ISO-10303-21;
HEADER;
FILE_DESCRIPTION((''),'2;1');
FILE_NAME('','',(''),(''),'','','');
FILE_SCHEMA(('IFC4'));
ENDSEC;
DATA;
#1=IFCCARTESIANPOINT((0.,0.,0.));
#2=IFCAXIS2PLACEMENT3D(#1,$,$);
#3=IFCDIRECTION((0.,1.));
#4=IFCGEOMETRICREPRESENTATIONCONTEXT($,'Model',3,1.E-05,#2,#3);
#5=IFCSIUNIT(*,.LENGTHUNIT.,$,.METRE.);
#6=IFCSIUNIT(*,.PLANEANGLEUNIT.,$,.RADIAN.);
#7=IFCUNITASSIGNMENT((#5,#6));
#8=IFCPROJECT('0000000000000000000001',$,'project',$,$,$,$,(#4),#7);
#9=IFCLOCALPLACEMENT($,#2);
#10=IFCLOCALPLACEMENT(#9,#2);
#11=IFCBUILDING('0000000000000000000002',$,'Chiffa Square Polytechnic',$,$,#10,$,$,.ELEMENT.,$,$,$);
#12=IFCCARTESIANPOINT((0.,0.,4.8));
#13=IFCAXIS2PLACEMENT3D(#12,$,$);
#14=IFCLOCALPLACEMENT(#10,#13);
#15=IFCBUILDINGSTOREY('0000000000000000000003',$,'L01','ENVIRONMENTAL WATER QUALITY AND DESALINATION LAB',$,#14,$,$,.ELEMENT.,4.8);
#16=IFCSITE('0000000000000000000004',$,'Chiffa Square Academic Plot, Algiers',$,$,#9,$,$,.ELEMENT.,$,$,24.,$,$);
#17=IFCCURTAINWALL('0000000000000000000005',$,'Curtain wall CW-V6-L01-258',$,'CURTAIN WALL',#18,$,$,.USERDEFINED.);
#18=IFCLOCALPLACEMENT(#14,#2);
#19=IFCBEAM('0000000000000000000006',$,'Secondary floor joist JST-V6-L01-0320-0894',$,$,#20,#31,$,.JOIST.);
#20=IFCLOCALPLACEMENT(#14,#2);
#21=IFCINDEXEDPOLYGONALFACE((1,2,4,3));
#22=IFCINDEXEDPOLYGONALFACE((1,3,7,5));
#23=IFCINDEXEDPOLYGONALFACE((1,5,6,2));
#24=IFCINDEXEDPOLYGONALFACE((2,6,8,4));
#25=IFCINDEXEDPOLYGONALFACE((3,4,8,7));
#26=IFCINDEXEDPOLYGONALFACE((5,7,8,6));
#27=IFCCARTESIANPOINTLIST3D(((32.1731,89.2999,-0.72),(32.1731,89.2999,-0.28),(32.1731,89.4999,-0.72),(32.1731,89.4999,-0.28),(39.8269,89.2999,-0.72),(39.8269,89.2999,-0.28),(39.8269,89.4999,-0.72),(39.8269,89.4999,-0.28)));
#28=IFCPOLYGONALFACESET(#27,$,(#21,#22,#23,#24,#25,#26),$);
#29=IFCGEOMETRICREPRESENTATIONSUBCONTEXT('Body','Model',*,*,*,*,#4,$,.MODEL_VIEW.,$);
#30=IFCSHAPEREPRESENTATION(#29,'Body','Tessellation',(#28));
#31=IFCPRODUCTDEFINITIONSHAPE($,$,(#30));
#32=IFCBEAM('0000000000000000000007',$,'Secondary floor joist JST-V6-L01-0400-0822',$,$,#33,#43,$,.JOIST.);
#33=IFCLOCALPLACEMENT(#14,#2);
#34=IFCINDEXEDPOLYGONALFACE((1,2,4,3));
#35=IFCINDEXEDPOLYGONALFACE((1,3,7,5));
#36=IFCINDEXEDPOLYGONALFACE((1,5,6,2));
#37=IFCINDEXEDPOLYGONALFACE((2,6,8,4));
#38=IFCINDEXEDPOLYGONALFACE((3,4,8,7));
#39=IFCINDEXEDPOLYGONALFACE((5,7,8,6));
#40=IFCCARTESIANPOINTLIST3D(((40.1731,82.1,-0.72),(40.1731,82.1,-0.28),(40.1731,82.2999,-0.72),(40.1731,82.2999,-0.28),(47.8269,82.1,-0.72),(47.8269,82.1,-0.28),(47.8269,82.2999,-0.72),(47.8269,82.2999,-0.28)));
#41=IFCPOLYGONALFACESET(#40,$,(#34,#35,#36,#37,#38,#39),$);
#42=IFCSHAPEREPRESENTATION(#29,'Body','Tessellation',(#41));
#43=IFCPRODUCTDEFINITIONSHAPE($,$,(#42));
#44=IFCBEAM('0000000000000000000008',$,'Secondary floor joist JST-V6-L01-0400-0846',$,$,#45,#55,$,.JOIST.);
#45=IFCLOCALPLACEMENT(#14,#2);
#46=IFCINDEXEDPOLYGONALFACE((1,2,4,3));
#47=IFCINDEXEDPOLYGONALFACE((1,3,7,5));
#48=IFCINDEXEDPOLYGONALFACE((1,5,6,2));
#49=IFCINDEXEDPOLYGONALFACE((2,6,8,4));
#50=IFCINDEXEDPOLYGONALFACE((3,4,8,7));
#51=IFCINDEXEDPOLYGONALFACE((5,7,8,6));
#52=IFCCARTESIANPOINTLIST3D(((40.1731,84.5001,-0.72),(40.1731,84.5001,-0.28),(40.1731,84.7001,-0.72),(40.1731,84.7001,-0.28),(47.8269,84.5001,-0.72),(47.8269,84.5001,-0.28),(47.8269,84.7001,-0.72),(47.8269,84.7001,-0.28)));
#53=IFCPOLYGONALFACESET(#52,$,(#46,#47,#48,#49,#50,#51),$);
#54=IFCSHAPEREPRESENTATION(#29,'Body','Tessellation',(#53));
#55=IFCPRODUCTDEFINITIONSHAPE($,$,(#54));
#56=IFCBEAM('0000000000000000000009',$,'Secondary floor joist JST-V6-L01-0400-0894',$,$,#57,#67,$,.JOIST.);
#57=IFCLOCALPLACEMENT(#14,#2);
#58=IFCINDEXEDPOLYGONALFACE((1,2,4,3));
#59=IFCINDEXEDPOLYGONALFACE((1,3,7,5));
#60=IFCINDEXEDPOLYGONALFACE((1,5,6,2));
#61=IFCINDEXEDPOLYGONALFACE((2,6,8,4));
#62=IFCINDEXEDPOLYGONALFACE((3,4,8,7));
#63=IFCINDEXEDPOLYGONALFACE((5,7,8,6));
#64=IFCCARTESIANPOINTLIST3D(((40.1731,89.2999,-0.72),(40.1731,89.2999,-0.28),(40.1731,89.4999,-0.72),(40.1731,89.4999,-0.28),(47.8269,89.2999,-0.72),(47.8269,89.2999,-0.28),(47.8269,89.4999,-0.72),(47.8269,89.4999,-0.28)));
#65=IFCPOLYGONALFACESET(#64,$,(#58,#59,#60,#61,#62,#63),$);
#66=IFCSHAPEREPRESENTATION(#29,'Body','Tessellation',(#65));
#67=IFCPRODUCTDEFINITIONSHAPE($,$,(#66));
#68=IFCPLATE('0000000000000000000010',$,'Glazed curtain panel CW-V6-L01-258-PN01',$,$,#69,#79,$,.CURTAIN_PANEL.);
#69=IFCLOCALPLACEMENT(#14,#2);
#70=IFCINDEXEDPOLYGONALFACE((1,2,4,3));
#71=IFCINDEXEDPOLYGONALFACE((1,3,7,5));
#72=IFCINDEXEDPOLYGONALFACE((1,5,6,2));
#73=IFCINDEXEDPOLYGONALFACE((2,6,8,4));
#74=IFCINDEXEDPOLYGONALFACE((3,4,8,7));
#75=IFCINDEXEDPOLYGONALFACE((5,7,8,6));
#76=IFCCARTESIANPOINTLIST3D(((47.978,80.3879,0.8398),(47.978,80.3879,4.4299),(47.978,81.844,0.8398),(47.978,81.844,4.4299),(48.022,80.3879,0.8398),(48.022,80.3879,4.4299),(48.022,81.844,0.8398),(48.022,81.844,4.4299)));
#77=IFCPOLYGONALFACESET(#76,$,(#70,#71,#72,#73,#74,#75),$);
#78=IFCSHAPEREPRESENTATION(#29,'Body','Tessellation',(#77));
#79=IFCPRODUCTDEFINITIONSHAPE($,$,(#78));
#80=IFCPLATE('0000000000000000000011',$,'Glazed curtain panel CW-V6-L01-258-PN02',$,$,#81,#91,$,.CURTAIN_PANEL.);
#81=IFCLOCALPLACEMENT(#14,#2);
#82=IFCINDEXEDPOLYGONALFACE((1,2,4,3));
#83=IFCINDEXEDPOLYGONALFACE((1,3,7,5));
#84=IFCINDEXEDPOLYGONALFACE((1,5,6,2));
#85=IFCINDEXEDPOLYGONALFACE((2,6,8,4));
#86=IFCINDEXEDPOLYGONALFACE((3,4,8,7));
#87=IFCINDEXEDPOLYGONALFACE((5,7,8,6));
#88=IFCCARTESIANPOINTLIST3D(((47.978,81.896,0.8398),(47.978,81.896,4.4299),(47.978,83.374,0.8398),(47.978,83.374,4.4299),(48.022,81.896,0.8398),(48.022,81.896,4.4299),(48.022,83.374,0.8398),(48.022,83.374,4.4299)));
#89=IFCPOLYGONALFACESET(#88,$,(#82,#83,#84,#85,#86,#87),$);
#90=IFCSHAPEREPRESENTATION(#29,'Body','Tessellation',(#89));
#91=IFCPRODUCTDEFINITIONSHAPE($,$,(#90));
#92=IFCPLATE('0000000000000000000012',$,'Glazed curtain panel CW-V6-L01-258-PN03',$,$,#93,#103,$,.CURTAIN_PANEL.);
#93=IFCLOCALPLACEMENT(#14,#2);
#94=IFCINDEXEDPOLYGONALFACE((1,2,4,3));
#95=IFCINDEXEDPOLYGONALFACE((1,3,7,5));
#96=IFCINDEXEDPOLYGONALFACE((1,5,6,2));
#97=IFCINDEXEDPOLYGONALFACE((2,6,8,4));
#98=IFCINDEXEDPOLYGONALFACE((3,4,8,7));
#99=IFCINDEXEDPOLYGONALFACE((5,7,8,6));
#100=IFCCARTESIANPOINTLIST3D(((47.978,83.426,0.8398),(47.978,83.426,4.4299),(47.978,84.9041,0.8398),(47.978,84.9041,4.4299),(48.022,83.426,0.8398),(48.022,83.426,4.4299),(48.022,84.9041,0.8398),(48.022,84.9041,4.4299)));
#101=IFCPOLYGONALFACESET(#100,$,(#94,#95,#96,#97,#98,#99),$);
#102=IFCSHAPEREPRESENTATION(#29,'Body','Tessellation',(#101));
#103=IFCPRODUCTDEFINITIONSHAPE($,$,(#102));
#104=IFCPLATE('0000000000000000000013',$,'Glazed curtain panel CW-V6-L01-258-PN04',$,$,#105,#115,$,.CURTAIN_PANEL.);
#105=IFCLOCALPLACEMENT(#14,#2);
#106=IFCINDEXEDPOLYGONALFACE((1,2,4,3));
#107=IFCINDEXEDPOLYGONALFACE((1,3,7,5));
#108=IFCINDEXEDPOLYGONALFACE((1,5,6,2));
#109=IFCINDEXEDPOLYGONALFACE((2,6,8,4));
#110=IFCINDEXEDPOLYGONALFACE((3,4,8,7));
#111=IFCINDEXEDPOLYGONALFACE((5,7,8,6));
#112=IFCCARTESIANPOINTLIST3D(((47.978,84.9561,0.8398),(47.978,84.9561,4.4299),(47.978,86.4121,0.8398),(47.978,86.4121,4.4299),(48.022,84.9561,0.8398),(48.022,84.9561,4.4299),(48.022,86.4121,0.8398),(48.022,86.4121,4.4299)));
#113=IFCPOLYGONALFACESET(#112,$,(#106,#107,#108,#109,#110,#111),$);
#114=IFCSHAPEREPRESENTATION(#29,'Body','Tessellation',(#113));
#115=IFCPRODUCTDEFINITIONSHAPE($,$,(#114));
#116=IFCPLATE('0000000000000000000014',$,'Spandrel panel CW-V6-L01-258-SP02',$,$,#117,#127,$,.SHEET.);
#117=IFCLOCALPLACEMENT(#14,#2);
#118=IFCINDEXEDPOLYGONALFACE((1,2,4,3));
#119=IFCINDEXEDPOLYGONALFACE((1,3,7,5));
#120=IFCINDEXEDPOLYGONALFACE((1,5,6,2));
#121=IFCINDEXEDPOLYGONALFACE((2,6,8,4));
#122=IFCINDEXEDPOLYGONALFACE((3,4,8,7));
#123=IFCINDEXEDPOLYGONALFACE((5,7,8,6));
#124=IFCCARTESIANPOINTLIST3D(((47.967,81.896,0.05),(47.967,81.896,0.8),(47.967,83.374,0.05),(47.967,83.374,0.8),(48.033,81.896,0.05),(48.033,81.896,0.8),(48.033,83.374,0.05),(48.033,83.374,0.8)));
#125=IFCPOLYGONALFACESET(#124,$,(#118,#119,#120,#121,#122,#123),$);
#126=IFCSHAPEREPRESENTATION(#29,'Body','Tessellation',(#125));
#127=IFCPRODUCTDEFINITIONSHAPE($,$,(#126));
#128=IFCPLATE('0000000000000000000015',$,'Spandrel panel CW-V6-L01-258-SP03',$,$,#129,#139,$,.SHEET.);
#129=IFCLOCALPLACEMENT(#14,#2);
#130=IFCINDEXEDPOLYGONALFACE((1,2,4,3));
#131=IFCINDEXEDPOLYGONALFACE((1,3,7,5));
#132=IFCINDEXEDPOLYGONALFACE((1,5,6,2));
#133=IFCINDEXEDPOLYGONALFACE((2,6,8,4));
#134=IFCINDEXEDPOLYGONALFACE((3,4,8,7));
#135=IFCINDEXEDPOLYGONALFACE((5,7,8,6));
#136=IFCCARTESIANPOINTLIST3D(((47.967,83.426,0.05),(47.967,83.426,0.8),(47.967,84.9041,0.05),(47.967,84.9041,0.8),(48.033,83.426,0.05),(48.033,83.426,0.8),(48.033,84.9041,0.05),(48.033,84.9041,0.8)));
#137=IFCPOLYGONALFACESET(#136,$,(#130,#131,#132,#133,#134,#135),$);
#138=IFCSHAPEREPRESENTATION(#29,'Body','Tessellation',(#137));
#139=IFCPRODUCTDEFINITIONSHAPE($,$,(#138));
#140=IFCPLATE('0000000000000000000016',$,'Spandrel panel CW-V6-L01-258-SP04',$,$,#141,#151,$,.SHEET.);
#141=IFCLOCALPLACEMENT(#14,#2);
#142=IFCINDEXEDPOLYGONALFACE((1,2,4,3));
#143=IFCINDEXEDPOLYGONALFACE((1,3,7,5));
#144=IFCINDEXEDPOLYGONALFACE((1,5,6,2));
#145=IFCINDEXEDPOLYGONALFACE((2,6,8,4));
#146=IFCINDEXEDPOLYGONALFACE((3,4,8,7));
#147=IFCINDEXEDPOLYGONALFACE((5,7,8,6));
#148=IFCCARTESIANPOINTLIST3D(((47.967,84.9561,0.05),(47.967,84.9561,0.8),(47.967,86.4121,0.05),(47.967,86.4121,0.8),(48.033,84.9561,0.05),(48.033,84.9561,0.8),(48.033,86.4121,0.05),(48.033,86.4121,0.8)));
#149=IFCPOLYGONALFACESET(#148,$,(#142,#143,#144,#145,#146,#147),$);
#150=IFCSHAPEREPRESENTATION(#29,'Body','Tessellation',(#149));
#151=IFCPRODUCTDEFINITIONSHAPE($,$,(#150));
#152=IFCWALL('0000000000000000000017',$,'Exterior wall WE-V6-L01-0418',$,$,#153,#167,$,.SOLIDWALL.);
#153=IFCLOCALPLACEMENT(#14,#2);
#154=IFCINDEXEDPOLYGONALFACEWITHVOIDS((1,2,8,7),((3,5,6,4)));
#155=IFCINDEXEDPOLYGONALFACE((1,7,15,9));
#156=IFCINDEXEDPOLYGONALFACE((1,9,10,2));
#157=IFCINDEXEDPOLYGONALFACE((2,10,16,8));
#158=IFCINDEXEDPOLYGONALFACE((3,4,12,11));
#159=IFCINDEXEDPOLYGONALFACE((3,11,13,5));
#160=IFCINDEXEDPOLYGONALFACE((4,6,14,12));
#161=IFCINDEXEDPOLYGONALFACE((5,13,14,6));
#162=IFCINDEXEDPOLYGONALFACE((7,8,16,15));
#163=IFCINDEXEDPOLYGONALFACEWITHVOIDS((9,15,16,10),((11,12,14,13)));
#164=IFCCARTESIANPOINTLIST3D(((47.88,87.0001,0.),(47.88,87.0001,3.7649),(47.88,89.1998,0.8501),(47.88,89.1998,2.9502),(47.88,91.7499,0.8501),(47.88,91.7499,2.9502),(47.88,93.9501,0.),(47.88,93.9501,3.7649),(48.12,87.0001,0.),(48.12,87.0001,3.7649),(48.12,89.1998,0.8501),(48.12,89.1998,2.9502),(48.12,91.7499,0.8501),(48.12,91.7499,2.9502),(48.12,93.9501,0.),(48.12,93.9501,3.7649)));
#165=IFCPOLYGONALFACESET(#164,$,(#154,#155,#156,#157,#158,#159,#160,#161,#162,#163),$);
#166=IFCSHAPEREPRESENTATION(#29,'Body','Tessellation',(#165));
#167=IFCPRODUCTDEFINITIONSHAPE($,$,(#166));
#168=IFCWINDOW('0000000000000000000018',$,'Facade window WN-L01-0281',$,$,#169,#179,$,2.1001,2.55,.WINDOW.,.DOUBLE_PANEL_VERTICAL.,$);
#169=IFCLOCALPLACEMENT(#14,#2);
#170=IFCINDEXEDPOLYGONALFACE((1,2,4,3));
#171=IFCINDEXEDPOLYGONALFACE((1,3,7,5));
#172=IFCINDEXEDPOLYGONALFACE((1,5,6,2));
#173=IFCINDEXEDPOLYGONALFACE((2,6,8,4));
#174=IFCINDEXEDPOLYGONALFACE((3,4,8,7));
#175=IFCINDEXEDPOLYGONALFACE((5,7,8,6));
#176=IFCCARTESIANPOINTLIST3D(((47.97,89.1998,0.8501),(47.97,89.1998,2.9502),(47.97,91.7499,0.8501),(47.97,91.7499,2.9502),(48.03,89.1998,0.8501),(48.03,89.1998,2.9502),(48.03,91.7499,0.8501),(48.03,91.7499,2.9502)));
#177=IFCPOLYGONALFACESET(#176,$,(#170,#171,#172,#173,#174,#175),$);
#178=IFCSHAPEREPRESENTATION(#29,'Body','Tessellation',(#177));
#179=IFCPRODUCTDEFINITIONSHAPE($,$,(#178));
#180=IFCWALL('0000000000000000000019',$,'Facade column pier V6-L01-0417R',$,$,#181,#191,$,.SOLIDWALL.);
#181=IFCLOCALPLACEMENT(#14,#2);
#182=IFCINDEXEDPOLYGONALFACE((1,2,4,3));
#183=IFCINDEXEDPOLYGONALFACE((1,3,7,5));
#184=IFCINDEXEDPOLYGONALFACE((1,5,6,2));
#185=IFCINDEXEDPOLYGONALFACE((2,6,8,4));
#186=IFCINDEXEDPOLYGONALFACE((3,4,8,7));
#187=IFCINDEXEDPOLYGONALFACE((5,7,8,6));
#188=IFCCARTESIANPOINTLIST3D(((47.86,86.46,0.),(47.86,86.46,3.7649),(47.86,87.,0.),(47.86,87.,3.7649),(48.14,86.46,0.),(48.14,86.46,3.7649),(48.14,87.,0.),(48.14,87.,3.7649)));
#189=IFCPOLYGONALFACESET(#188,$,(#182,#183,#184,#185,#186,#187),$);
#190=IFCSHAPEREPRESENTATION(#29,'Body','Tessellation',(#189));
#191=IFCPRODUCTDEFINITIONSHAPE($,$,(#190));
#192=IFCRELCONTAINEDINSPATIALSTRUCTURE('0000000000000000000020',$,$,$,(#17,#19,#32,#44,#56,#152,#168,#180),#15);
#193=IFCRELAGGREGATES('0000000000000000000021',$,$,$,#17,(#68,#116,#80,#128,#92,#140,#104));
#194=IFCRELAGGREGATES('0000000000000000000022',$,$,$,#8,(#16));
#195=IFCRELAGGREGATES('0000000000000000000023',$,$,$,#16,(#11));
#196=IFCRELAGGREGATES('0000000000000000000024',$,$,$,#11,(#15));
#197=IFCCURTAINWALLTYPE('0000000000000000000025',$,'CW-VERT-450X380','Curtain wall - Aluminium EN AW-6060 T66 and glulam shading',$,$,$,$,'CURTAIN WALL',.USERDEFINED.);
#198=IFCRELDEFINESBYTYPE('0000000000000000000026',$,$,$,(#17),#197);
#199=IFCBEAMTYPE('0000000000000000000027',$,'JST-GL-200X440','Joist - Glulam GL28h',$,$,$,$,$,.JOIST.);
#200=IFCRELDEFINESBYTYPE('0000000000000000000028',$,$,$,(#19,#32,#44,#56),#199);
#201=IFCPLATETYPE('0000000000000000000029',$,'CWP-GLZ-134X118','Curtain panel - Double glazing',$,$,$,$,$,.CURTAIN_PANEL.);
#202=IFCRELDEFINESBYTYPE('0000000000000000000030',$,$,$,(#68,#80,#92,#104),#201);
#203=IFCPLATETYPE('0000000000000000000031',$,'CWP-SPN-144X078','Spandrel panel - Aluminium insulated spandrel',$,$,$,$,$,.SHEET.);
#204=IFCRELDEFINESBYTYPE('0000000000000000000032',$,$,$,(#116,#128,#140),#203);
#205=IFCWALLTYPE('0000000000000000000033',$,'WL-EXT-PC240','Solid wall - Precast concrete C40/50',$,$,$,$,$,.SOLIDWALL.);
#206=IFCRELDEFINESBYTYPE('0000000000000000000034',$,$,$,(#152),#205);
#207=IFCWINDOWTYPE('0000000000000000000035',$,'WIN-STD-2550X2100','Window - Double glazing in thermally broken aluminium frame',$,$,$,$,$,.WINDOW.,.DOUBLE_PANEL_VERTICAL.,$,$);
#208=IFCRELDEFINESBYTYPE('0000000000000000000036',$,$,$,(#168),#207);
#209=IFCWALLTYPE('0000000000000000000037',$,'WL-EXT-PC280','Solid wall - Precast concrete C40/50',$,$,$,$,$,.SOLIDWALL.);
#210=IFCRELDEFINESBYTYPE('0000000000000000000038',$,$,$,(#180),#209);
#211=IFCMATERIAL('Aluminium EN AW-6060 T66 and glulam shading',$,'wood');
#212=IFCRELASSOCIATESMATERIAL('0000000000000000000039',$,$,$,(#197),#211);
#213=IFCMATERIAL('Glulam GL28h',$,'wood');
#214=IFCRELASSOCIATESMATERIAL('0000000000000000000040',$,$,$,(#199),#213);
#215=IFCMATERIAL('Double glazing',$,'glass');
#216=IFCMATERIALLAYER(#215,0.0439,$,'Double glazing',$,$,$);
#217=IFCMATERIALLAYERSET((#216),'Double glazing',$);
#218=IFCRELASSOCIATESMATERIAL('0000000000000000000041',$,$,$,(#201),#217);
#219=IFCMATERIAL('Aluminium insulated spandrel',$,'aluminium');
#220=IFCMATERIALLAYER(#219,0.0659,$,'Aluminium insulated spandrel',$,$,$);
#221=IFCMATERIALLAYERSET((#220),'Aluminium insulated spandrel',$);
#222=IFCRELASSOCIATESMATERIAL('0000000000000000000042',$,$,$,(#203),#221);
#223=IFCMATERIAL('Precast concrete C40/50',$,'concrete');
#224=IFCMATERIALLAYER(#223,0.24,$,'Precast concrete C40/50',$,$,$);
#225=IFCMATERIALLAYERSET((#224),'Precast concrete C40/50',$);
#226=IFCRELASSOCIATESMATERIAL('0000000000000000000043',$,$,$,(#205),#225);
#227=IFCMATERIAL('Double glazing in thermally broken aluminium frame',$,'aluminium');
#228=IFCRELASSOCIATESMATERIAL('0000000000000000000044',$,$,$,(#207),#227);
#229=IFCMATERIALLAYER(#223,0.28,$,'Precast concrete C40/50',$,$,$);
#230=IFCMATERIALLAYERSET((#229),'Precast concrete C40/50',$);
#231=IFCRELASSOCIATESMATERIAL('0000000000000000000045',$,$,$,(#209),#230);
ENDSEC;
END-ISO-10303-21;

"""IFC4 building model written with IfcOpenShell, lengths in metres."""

from ifc_helpers import new_model, si_unit, direction, frame, frame_2d, origin, origin_2d, place, context, subcontext, project, spatial, rectangle, extrude, material, layer, layer_set, material_profile, profile_set, type_object, element, fill, aggregate, save


model = new_model("IFC4")

# Units and contexts
model_context = context("Model", 3, precision=1e-05, world=origin(), true_north=direction((0.0, 1.0)))
body_context = subcontext(model_context, "Body", "Model", "MODEL_VIEW")
ifc_project = project(units=[si_unit("LENGTHUNIT", "METRE"), si_unit("PLANEANGLEUNIT", "RADIAN")], contexts=[model_context])

# Site, building, storey
site_placement = place(None, origin())
site = spatial("IfcSite", under=ifc_project, at=site_placement, Name="Chiffa Square Academic Plot, Algiers", CompositionType="ELEMENT", RefElevation=24.0)
building_placement = place(site_placement, origin())
building = spatial("IfcBuilding", under=site, at=building_placement, Name="Chiffa Square Polytechnic", CompositionType="ELEMENT")
storey_placement = place(building_placement, frame((0.0, 0.0, 4.8)))
storey = spatial("IfcBuildingStorey", under=building, at=storey_placement, Name="L01", Description="ENVIRONMENTAL WATER QUALITY AND DESALINATION LAB", CompositionType="ELEMENT", Elevation=4.8)

# Curtain wall
ifc_material_1 = material(Name="Aluminium EN AW-6060 T66 and glulam shading", Category="wood")
curtain_wall_type = type_object("IfcCurtainWallType", Name="CW-VERT-450X380", Description="Curtain wall - Aluminium EN AW-6060 T66 and glulam shading", ElementType="CURTAIN WALL", PredefinedType="USERDEFINED", material=ifc_material_1)
curtain_wall_placement = place(storey_placement, origin())
curtain_wall = element("IfcCurtainWall", 1, at=curtain_wall_placement, inside=storey, type_object=curtain_wall_type, Name="Curtain wall CW-V6-L01-258", ObjectType="CURTAIN WALL", PredefinedType="USERDEFINED")

# Beams
ifc_material_2 = material(Name="Glulam GL28h", Category="wood")
ifc_material_profile_1 = material_profile(ifc_material_2, rectangle(XDim=0.2, YDim=0.4399, at=origin_2d()), Name="GL28h 200x440")
ifc_profile_set_1 = profile_set([ifc_material_profile_1], Name="Glulam GL28h")
beam_type_1 = type_object("IfcBeamType", Name="JST-GL-200X440", Description="Joist - Glulam GL28h", PredefinedType="JOIST", material=ifc_profile_set_1)
for number, where, z_axis, x_axis, name in (
    (2, (32.1731, 89.3999, -0.5), (1.0, 0.0, 0.0), (0.0, 1.0, 0.0), "Secondary floor joist JST-V6-L01-0320-0894"),
    (3, (40.1731, 82.2, -0.5), (1.0, 0.0, 0.0), (0.0, 1.0, 0.0), "Secondary floor joist JST-V6-L01-0400-0822"),
    (4, (40.1731, 84.6001, -0.5), (1.0, 0.0, 0.0), (0.0, 1.0, 0.0), "Secondary floor joist JST-V6-L01-0400-0846"),
    (5, (40.1731, 89.3999, -0.5), (1.0, 0.0, 0.0), (0.0, 1.0, 0.0), "Secondary floor joist JST-V6-L01-0400-0894"),
):
    element("IfcBeam", number, at=place(storey_placement, frame(where, z_axis=z_axis, x_axis=x_axis)), inside=storey, type_object=beam_type_1, Name=name, PredefinedType="JOIST", context=body_context, shape_type="SweptSolid", body=[
        extrude(rectangle(XDim=0.2, YDim=0.4399, at=origin_2d()), origin(), (0.0, 0.0, 1.0), 7.6538),
    ])

# Plates
ifc_material_3 = material(Name="Double glazing", Category="glass")
ifc_layer_1 = layer(ifc_material_3, 0.0439, Name="Double glazing")
ifc_layer_set_1 = layer_set([ifc_layer_1], Name="Double glazing")
plate_type_1 = type_object("IfcPlateType", Name="CWP-GLZ-134X118", Description="Curtain panel - Double glazing", PredefinedType="CURTAIN_PANEL", material=ifc_layer_set_1)
plate_1_placement = place(storey_placement, frame((48.0, 81.116, 0.8398), z_axis=(0.0, 0.0, 1.0), x_axis=(0.0, 1.0, 0.0)))
plate_1 = element("IfcPlate", 6, at=plate_1_placement, type_object=plate_type_1, Name="Glazed curtain panel CW-V6-L01-258-PN01", PredefinedType="CURTAIN_PANEL", context=body_context, shape_type="SweptSolid", body=[
    extrude(rectangle(XDim=1.4561, YDim=0.0439, at=origin_2d()), origin(), (0.0, 0.0, 1.0), 3.5901),
])
plate_2_placement = place(storey_placement, frame((48.0, 82.635, 0.8398), z_axis=(0.0, 0.0, 1.0), x_axis=(0.0, 1.0, 0.0)))
plate_2 = element("IfcPlate", 7, at=plate_2_placement, type_object=plate_type_1, Name="Glazed curtain panel CW-V6-L01-258-PN02", PredefinedType="CURTAIN_PANEL", context=body_context, shape_type="SweptSolid", body=[
    extrude(rectangle(XDim=1.478, YDim=0.0439, at=origin_2d()), origin(), (0.0, 0.0, 1.0), 3.5901),
])
plate_3_placement = place(storey_placement, frame((48.0, 84.165, 0.8398), z_axis=(0.0, 0.0, 1.0), x_axis=(0.0, 1.0, 0.0)))
plate_3 = element("IfcPlate", 8, at=plate_3_placement, type_object=plate_type_1, Name="Glazed curtain panel CW-V6-L01-258-PN03", PredefinedType="CURTAIN_PANEL", context=body_context, shape_type="SweptSolid", body=[
    extrude(rectangle(XDim=1.478, YDim=0.0439, at=origin_2d()), origin(), (0.0, 0.0, 1.0), 3.5901),
])
plate_4_placement = place(storey_placement, frame((48.0, 85.6841, 0.8398), z_axis=(0.0, 0.0, 1.0), x_axis=(0.0, 1.0, 0.0)))
plate_4 = element("IfcPlate", 9, at=plate_4_placement, type_object=plate_type_1, Name="Glazed curtain panel CW-V6-L01-258-PN04", PredefinedType="CURTAIN_PANEL", context=body_context, shape_type="SweptSolid", body=[
    extrude(rectangle(XDim=1.4561, YDim=0.0439, at=origin_2d()), origin(), (0.0, 0.0, 1.0), 3.5901),
])
ifc_material_4 = material(Name="Aluminium insulated spandrel", Category="aluminium")
ifc_layer_2 = layer(ifc_material_4, 0.0659, Name="Aluminium insulated spandrel")
ifc_layer_set_2 = layer_set([ifc_layer_2], Name="Aluminium insulated spandrel")
plate_type_2 = type_object("IfcPlateType", Name="CWP-SPN-144X078", Description="Spandrel panel - Aluminium insulated spandrel", PredefinedType="SHEET", material=ifc_layer_set_2)
plate_5_placement = place(storey_placement, frame((48.0, 82.635, 0.05), z_axis=(0.0, 0.0, 1.0), x_axis=(0.0, 1.0, 0.0)))
plate_5 = element("IfcPlate", 10, at=plate_5_placement, type_object=plate_type_2, Name="Spandrel panel CW-V6-L01-258-SP02", PredefinedType="SHEET", context=body_context, shape_type="SweptSolid", body=[
    extrude(rectangle(XDim=1.478, YDim=0.0659, at=origin_2d()), origin(), (0.0, 0.0, 1.0), 0.75),
])
plate_6_placement = place(storey_placement, frame((48.0, 84.165, 0.05), z_axis=(0.0, 0.0, 1.0), x_axis=(0.0, 1.0, 0.0)))
plate_6 = element("IfcPlate", 11, at=plate_6_placement, type_object=plate_type_2, Name="Spandrel panel CW-V6-L01-258-SP03", PredefinedType="SHEET", context=body_context, shape_type="SweptSolid", body=[
    extrude(rectangle(XDim=1.478, YDim=0.0659, at=origin_2d()), origin(), (0.0, 0.0, 1.0), 0.75),
])
plate_7_placement = place(storey_placement, frame((48.0, 85.6841, 0.05), z_axis=(0.0, 0.0, 1.0), x_axis=(0.0, 1.0, 0.0)))
plate_7 = element("IfcPlate", 12, at=plate_7_placement, type_object=plate_type_2, Name="Spandrel panel CW-V6-L01-258-SP04", PredefinedType="SHEET", context=body_context, shape_type="SweptSolid", body=[
    extrude(rectangle(XDim=1.4561, YDim=0.0659, at=origin_2d()), origin(), (0.0, 0.0, 1.0), 0.75),
])
aggregate(curtain_wall, [plate_1, plate_5, plate_2, plate_6, plate_3, plate_7, plate_4])

# Wall, opening, window
ifc_material_5 = material(Name="Precast concrete C40/50", Category="concrete")
ifc_layer_3 = layer(ifc_material_5, 0.24, Name="Precast concrete C40/50")
ifc_layer_set_3 = layer_set([ifc_layer_3], Name="Precast concrete C40/50")
wall_type_1 = type_object("IfcWallType", Name="WL-EXT-PC240", Description="Solid wall - Precast concrete C40/50", PredefinedType="SOLIDWALL", material=ifc_layer_set_3)
wall_1_placement = place(storey_placement, frame((48.0, 87.0, 0.0), z_axis=(0.0, 0.0, 1.0), x_axis=(0.0, 1.0, 0.0)))
wall_1 = element("IfcWall", 13, at=wall_1_placement, inside=storey, type_object=wall_type_1, Name="Exterior wall WE-V6-L01-0418", PredefinedType="SOLIDWALL", context=body_context, shape_type="SweptSolid", body=[
    extrude(rectangle(XDim=6.95, YDim=0.24, at=frame_2d((3.4751, 0.0))), origin(), (0.0, 0.0, 1.0), 3.7649),
])
opening_placement = place(wall_1_placement, frame((2.2, 0.0, 0.8501)))
opening = element("IfcOpeningElement", 14, at=opening_placement, cuts=wall_1, PredefinedType="OPENING", context=body_context, shape_type="SweptSolid", body=[
    extrude(rectangle(XDim=2.55, YDim=2.1001, at=frame_2d((1.2749, 1.05))), frame((0.0, 0.1299, 0.0), z_axis=(0.0, -1.0, 0.0), x_axis=(1.0, 0.0, 0.0)), (0.0, 0.0, 1.0), 0.26),
])
ifc_material_6 = material(Name="Double glazing in thermally broken aluminium frame", Category="aluminium")
window_type = type_object("IfcWindowType", Name="WIN-STD-2550X2100", Description="Window - Double glazing in thermally broken aluminium frame", PartitioningType="DOUBLE_PANEL_VERTICAL", PredefinedType="WINDOW", material=ifc_material_6)
window_placement = place(opening_placement, origin())
window = element("IfcWindow", 15, at=window_placement, inside=storey, type_object=window_type, Name="Facade window WN-L01-0281", OverallHeight=2.1001, OverallWidth=2.55, PartitioningType="DOUBLE_PANEL_VERTICAL", PredefinedType="WINDOW", context=body_context, shape_type="SweptSolid", body=[
    extrude(rectangle(XDim=2.55, YDim=2.1001, at=frame_2d((1.2749, 1.05))), frame((0.0, 0.03, 0.0), z_axis=(0.0, -1.0, 0.0), x_axis=(1.0, 0.0, 0.0)), (0.0, 0.0, 1.0), 0.0601),
])
fill(opening, window)

# Wall
ifc_layer_4 = layer(ifc_material_5, 0.28, Name="Precast concrete C40/50")
ifc_layer_set_4 = layer_set([ifc_layer_4], Name="Precast concrete C40/50")
wall_type_2 = type_object("IfcWallType", Name="WL-EXT-PC280", Description="Solid wall - Precast concrete C40/50", PredefinedType="SOLIDWALL", material=ifc_layer_set_4)
wall_2_placement = place(storey_placement, frame((48.0, 86.46, 0.0), z_axis=(0.0, 0.0, 1.0), x_axis=(0.0, 1.0, 0.0)))
element("IfcWall", 16, at=wall_2_placement, inside=storey, type_object=wall_type_2, Name="Facade column pier V6-L01-0417R", PredefinedType="SOLIDWALL", context=body_context, shape_type="SweptSolid", body=[
    extrude(rectangle(XDim=0.54, YDim=0.28, at=frame_2d((0.27, 0.0))), origin(), (0.0, 0.0, 1.0), 3.7649),
])

save(model, "model.ifc")
